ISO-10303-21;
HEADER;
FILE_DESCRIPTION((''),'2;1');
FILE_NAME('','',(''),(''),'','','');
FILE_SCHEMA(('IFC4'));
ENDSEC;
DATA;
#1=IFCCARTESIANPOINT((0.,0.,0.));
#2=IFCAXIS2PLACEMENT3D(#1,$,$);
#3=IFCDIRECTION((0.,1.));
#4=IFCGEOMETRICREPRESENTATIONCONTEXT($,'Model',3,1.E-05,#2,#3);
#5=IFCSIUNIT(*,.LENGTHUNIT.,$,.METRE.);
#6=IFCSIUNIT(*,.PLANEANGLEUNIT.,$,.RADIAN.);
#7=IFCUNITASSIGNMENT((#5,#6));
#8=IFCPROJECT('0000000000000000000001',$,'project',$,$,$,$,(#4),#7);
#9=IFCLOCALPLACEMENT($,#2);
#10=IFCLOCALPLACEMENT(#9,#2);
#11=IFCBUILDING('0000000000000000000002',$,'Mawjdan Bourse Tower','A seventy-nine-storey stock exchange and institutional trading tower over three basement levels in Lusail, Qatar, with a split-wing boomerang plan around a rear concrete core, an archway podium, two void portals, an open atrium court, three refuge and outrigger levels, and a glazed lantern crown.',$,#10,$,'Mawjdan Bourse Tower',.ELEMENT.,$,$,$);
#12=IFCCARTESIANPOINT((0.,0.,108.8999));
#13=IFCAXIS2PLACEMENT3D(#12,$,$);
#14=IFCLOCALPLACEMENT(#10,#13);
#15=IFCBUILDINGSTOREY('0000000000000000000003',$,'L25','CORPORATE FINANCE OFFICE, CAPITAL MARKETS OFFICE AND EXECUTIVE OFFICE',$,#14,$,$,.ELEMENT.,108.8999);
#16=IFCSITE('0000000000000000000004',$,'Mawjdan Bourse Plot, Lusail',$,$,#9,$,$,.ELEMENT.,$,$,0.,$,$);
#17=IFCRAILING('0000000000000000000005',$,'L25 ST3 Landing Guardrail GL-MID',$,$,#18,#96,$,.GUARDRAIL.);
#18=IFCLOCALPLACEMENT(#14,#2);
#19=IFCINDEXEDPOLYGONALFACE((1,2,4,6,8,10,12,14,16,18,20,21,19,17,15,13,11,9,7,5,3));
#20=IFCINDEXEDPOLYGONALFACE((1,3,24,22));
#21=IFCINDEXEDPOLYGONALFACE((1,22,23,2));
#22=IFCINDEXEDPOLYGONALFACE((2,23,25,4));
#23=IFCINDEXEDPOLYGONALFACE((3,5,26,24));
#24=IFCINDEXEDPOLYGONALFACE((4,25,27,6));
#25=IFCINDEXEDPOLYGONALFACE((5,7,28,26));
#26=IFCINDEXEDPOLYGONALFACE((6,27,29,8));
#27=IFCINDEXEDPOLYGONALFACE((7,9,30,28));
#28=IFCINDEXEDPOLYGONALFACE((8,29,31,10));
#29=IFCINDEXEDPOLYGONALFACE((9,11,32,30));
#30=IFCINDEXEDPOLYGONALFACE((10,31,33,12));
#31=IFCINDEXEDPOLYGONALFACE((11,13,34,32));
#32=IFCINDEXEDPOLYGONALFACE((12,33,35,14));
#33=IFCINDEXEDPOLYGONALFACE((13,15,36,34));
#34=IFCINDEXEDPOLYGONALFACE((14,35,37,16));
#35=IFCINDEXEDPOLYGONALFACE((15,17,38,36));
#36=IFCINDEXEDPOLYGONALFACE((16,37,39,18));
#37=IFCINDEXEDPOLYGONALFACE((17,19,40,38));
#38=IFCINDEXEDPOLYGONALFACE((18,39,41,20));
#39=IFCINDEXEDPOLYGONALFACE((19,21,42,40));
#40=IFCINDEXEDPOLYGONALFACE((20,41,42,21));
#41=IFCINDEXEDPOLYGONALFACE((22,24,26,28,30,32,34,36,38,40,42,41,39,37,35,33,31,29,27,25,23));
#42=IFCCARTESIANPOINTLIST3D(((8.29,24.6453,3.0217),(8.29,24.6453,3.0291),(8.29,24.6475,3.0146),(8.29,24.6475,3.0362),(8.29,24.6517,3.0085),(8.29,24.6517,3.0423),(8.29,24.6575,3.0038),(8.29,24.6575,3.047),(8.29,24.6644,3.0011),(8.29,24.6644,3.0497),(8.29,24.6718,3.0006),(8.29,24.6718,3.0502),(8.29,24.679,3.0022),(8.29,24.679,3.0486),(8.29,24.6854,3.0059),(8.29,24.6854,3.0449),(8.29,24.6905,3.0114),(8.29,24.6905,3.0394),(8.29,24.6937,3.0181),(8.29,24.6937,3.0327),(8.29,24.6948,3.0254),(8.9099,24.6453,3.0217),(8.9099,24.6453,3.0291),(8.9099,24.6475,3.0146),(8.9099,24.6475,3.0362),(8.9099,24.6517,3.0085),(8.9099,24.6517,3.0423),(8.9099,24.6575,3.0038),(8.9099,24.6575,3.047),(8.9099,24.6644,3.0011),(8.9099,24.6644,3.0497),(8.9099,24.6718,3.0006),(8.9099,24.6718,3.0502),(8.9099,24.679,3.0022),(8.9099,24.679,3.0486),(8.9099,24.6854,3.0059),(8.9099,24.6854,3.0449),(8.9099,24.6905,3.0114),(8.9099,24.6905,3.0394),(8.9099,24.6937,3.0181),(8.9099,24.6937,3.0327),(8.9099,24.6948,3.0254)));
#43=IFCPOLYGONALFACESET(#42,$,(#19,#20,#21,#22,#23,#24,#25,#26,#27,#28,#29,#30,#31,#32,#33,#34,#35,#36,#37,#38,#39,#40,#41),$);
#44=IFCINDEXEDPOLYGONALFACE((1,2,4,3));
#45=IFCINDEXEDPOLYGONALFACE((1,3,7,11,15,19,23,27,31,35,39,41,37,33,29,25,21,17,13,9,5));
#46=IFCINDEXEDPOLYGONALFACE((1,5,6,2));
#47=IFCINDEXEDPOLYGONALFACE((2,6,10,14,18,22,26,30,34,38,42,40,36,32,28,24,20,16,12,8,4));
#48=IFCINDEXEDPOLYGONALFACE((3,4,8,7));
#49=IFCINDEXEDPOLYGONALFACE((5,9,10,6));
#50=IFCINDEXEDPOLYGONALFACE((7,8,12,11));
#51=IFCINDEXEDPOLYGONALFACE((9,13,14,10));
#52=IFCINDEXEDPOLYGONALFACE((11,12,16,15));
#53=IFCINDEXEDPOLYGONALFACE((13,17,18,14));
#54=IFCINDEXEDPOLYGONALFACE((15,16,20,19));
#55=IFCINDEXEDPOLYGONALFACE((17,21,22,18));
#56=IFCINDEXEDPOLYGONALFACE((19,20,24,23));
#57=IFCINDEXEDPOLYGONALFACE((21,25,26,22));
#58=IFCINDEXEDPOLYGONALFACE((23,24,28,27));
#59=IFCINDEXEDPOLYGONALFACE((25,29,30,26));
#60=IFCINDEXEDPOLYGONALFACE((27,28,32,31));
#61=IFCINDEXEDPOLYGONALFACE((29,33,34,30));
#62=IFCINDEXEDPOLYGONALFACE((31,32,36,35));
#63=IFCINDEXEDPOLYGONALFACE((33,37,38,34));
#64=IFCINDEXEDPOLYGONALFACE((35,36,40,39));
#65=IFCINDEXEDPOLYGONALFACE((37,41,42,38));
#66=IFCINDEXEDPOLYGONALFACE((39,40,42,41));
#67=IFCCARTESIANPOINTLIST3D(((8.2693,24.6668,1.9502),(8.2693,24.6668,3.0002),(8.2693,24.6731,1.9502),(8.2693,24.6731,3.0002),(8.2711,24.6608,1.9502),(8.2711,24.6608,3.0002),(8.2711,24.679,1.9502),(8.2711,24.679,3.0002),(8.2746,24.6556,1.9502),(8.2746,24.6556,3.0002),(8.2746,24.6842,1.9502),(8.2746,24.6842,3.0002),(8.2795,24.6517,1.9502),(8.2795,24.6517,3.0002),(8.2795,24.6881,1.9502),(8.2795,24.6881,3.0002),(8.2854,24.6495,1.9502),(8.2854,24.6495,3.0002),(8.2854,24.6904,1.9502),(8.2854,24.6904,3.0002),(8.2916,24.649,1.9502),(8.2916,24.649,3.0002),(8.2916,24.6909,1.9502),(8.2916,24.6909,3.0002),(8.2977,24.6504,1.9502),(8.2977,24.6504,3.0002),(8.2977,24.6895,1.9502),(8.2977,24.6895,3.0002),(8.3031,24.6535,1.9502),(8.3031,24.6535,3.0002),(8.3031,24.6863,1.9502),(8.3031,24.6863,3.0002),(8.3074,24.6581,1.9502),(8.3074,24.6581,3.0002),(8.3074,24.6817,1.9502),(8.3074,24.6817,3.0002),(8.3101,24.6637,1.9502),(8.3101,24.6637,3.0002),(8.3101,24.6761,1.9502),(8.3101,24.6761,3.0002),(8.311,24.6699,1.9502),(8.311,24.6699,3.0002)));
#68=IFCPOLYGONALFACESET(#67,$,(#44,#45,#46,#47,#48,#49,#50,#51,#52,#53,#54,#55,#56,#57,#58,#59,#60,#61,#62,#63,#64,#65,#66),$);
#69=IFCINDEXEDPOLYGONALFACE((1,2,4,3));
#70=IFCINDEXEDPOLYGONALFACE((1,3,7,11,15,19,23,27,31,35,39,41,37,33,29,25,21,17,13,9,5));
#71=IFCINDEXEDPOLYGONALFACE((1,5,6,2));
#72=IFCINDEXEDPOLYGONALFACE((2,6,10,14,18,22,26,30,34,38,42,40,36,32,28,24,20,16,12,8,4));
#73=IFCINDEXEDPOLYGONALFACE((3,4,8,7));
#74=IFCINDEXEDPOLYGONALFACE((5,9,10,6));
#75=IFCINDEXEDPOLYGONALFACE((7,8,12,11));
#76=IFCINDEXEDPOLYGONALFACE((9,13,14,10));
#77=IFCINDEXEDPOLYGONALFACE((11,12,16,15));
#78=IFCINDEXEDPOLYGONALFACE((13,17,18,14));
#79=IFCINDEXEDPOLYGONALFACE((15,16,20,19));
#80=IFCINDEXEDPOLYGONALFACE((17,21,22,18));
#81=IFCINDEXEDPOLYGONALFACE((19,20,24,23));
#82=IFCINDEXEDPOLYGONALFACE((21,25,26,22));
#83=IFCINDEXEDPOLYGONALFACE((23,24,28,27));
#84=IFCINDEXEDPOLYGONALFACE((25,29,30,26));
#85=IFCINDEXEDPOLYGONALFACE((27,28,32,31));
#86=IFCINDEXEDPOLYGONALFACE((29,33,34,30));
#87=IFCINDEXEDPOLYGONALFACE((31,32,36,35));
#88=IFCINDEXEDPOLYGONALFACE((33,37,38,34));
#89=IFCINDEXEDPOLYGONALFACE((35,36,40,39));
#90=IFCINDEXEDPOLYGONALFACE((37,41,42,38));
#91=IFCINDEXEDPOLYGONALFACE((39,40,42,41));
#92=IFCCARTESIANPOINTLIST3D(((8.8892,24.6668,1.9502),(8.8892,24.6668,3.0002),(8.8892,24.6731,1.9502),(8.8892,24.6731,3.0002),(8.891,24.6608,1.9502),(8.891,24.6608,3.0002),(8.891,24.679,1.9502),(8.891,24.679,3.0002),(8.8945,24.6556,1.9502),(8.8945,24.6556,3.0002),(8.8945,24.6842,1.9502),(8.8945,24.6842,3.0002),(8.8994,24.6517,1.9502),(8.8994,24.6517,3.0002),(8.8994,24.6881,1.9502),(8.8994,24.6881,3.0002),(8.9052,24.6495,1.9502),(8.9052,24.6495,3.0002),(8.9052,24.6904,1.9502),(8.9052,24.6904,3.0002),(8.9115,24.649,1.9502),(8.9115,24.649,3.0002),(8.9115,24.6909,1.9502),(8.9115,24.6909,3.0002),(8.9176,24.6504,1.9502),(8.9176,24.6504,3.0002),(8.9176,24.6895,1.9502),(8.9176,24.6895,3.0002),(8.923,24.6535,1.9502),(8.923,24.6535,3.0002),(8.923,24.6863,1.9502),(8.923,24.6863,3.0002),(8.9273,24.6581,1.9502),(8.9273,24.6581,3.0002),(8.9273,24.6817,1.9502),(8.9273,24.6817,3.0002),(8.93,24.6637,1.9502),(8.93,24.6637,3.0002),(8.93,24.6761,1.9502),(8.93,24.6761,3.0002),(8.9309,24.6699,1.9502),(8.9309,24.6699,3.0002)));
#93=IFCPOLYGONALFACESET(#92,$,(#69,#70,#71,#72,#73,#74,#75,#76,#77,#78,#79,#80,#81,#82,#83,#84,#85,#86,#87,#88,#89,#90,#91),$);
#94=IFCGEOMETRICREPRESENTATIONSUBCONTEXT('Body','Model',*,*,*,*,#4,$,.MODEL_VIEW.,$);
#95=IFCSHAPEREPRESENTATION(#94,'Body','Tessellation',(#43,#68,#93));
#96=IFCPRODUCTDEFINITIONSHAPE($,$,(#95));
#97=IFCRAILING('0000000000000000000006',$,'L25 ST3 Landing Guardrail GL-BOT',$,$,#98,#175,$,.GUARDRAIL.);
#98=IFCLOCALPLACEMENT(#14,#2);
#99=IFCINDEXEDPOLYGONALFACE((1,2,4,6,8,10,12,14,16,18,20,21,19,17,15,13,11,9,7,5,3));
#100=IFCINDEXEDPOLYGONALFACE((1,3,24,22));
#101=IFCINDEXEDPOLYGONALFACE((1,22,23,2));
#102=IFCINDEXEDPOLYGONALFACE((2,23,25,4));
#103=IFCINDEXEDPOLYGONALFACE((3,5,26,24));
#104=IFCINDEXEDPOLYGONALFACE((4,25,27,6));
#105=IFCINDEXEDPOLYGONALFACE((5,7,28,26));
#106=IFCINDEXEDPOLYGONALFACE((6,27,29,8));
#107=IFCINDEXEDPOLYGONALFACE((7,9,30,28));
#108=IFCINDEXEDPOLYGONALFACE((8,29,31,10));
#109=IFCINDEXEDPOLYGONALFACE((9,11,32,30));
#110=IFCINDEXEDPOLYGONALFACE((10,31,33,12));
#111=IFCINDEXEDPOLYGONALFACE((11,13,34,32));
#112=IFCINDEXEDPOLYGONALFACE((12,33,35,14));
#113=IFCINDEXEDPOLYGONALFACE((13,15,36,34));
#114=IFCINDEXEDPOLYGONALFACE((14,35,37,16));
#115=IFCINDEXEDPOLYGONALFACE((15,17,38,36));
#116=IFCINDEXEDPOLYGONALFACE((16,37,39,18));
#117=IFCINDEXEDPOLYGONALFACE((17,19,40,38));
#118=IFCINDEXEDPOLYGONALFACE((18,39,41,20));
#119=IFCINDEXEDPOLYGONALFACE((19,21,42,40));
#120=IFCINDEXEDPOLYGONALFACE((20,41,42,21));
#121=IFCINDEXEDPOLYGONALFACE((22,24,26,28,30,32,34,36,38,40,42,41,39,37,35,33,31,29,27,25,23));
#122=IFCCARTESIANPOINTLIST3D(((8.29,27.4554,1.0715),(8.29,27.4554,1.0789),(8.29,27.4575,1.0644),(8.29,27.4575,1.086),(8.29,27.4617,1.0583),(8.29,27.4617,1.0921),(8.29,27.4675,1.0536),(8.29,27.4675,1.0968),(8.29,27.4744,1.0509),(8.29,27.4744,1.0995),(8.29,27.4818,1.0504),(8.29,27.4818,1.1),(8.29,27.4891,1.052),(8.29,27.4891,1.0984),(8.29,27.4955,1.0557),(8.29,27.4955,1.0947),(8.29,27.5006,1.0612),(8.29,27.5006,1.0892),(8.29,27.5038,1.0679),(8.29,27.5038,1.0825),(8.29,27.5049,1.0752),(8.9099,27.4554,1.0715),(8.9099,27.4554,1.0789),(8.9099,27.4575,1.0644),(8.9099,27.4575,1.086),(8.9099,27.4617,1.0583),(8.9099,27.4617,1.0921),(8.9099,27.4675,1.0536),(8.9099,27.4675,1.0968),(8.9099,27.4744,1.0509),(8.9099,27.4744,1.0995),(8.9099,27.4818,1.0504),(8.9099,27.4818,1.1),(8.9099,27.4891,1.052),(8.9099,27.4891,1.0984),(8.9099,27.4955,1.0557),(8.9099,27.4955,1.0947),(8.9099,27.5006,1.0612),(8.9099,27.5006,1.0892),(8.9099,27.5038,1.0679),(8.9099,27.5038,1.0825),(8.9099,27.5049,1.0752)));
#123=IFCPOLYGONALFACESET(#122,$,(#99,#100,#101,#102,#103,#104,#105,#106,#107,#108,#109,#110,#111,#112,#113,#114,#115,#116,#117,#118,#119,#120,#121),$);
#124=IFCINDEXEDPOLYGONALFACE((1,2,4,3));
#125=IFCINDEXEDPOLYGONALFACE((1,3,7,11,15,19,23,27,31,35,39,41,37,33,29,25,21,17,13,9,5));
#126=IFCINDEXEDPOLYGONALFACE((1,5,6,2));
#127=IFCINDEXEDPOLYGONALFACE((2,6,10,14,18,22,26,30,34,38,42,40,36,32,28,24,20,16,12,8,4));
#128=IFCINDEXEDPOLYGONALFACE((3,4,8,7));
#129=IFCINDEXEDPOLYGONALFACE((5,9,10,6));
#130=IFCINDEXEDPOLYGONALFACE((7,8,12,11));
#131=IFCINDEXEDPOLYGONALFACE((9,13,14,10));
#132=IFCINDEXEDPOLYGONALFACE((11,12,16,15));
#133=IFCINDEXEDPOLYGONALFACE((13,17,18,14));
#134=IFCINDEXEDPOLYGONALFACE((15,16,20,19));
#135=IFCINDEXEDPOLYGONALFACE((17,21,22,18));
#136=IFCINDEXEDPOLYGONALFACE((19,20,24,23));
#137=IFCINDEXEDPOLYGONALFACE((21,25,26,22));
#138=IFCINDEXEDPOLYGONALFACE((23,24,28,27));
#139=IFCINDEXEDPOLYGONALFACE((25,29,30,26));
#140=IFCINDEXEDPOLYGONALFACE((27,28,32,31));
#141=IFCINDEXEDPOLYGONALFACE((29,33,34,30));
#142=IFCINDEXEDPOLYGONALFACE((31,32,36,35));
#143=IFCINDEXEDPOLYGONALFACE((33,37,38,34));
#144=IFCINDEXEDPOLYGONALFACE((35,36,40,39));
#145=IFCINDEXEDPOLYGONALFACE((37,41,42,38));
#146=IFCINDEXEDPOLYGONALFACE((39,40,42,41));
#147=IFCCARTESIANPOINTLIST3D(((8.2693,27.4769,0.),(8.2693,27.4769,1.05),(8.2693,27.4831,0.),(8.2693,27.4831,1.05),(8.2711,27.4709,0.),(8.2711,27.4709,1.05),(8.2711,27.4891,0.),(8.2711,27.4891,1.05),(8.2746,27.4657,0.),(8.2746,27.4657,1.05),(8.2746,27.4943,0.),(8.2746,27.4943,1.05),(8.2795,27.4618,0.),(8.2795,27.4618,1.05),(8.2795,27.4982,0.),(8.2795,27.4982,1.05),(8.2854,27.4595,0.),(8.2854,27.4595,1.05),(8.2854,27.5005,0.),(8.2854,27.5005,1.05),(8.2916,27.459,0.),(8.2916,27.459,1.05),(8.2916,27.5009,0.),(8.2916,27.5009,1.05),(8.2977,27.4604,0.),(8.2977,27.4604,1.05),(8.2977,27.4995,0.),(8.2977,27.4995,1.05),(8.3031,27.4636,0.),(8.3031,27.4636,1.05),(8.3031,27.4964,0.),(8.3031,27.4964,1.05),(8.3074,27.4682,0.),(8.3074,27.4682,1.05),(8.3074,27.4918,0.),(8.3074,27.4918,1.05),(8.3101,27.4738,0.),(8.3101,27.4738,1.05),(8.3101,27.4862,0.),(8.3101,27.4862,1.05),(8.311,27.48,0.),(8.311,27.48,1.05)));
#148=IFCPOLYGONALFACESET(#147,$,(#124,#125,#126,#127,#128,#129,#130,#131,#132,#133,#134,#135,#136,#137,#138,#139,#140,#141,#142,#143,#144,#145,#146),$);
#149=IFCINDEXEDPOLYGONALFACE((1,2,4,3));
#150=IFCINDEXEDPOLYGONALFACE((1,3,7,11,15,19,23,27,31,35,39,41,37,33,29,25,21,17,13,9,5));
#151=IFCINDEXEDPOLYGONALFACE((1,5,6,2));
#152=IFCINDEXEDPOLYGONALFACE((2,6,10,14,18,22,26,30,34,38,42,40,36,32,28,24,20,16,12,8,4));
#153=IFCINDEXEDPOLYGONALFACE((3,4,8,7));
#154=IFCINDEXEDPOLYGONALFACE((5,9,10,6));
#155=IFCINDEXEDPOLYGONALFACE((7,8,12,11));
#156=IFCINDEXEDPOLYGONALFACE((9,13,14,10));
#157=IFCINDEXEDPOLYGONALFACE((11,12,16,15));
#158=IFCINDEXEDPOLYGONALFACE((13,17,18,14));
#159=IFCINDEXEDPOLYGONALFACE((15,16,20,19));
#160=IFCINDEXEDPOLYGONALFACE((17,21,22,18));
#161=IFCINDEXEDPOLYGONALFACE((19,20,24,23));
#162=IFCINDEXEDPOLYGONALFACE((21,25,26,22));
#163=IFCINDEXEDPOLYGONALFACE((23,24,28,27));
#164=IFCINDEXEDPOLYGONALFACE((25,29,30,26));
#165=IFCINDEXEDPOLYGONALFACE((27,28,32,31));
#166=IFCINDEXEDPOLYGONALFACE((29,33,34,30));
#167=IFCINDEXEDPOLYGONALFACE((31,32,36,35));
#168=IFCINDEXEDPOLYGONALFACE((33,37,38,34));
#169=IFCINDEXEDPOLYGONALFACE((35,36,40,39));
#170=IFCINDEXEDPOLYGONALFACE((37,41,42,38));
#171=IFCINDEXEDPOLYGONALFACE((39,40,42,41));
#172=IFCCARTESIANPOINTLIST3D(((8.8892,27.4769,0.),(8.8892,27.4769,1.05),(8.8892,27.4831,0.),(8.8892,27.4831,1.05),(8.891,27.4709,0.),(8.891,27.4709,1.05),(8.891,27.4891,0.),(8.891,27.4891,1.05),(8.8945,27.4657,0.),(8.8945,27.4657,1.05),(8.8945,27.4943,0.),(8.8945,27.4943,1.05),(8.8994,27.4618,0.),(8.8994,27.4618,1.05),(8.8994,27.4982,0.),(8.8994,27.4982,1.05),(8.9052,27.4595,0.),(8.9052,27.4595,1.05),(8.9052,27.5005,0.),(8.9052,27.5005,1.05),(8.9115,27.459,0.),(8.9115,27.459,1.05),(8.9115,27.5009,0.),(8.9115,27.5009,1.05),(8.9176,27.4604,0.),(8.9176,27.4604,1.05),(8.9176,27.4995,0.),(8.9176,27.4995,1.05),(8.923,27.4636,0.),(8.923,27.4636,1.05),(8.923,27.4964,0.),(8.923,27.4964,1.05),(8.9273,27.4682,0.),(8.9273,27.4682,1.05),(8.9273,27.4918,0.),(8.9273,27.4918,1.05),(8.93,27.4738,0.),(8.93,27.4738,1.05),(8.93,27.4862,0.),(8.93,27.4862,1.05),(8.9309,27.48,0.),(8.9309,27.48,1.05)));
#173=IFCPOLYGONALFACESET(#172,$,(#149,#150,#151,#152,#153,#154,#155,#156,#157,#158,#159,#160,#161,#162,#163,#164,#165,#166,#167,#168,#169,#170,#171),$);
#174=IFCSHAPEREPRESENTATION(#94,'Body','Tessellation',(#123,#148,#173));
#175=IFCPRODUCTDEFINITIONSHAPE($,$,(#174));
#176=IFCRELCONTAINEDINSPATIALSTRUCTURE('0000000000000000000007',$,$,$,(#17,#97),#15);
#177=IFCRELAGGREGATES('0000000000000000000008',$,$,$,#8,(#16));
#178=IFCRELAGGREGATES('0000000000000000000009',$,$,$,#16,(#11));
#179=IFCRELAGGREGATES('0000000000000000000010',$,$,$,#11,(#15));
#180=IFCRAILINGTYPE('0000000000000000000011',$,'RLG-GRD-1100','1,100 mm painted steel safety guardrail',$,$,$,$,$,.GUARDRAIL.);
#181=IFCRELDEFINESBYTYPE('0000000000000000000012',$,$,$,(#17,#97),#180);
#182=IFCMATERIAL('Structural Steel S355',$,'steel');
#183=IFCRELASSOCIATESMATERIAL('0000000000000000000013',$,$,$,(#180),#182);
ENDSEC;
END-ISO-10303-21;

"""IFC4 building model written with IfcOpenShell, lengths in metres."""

from ifc_helpers import new_model, si_unit, direction, frame, origin, origin_2d, place, context, subcontext, project, spatial, circle, extrude, material, type_object, element, save


model = new_model("IFC4")

# Units and contexts
model_context = context("Model", 3, precision=1e-05, world=origin(), true_north=direction((0.0, 1.0)))
body_context = subcontext(model_context, "Body", "Model", "MODEL_VIEW")
ifc_project = project(units=[si_unit("LENGTHUNIT", "METRE"), si_unit("PLANEANGLEUNIT", "RADIAN")], contexts=[model_context])

# Site, building, storey
site_placement = place(None, origin())
site = spatial("IfcSite", under=ifc_project, at=site_placement, Name="Mawjdan Bourse Plot, Lusail", CompositionType="ELEMENT", RefElevation=0.0)
building_placement = place(site_placement, origin())
building = spatial("IfcBuilding", under=site, at=building_placement, Name="Mawjdan Bourse Tower", Description="A seventy-nine-storey stock exchange and institutional trading tower over three basement levels in Lusail, Qatar, with a split-wing boomerang plan around a rear concrete core, an archway podium, two void portals, an open atrium court, three refuge and outrigger levels, and a glazed lantern crown.", LongName="Mawjdan Bourse Tower", CompositionType="ELEMENT")
storey_placement = place(building_placement, frame((0.0, 0.0, 108.8999)))
storey = spatial("IfcBuildingStorey", under=building, at=storey_placement, Name="L25", Description="CORPORATE FINANCE OFFICE, CAPITAL MARKETS OFFICE AND EXECUTIVE OFFICE", CompositionType="ELEMENT", Elevation=108.8999)

# Shared definitions
ifc_material_1 = material(Name="Structural Steel S355", Category="steel")

# Railings
railing_type_1 = type_object("IfcRailingType", Name="RLG-GRD-1100", Description="1,100 mm painted steel safety guardrail", PredefinedType="GUARDRAIL", material=ifc_material_1)
for number, where, name in (
    (1, (8.29, 24.6699, 1.9502), "L25 ST3 Landing Guardrail GL-MID"),
    (2, (8.29, 27.48, 0.0), "L25 ST3 Landing Guardrail GL-BOT"),
):
    element("IfcRailing", number, at=place(storey_placement, frame(where)), inside=storey, type_object=railing_type_1, Name=name, PredefinedType="GUARDRAIL", context=body_context, shape_type="SweptSolid", body=[
        extrude(circle(Radius=0.0249, at=origin_2d()), frame((0.0, 0.0, 1.0752), z_axis=(1.0, 0.0, 0.0), x_axis=(0.0, 1.0, 0.0)), (0.0, 0.0, 1.0), 0.6199),
        extrude(circle(Radius=0.021, at=origin_2d()), origin(), (0.0, 0.0, 1.0), 1.05),
        extrude(circle(Radius=0.021, at=origin_2d()), frame((0.6199, 0.0, 0.0)), (0.0, 0.0, 1.0), 1.05),
    ])

save(model, "model.ifc")
